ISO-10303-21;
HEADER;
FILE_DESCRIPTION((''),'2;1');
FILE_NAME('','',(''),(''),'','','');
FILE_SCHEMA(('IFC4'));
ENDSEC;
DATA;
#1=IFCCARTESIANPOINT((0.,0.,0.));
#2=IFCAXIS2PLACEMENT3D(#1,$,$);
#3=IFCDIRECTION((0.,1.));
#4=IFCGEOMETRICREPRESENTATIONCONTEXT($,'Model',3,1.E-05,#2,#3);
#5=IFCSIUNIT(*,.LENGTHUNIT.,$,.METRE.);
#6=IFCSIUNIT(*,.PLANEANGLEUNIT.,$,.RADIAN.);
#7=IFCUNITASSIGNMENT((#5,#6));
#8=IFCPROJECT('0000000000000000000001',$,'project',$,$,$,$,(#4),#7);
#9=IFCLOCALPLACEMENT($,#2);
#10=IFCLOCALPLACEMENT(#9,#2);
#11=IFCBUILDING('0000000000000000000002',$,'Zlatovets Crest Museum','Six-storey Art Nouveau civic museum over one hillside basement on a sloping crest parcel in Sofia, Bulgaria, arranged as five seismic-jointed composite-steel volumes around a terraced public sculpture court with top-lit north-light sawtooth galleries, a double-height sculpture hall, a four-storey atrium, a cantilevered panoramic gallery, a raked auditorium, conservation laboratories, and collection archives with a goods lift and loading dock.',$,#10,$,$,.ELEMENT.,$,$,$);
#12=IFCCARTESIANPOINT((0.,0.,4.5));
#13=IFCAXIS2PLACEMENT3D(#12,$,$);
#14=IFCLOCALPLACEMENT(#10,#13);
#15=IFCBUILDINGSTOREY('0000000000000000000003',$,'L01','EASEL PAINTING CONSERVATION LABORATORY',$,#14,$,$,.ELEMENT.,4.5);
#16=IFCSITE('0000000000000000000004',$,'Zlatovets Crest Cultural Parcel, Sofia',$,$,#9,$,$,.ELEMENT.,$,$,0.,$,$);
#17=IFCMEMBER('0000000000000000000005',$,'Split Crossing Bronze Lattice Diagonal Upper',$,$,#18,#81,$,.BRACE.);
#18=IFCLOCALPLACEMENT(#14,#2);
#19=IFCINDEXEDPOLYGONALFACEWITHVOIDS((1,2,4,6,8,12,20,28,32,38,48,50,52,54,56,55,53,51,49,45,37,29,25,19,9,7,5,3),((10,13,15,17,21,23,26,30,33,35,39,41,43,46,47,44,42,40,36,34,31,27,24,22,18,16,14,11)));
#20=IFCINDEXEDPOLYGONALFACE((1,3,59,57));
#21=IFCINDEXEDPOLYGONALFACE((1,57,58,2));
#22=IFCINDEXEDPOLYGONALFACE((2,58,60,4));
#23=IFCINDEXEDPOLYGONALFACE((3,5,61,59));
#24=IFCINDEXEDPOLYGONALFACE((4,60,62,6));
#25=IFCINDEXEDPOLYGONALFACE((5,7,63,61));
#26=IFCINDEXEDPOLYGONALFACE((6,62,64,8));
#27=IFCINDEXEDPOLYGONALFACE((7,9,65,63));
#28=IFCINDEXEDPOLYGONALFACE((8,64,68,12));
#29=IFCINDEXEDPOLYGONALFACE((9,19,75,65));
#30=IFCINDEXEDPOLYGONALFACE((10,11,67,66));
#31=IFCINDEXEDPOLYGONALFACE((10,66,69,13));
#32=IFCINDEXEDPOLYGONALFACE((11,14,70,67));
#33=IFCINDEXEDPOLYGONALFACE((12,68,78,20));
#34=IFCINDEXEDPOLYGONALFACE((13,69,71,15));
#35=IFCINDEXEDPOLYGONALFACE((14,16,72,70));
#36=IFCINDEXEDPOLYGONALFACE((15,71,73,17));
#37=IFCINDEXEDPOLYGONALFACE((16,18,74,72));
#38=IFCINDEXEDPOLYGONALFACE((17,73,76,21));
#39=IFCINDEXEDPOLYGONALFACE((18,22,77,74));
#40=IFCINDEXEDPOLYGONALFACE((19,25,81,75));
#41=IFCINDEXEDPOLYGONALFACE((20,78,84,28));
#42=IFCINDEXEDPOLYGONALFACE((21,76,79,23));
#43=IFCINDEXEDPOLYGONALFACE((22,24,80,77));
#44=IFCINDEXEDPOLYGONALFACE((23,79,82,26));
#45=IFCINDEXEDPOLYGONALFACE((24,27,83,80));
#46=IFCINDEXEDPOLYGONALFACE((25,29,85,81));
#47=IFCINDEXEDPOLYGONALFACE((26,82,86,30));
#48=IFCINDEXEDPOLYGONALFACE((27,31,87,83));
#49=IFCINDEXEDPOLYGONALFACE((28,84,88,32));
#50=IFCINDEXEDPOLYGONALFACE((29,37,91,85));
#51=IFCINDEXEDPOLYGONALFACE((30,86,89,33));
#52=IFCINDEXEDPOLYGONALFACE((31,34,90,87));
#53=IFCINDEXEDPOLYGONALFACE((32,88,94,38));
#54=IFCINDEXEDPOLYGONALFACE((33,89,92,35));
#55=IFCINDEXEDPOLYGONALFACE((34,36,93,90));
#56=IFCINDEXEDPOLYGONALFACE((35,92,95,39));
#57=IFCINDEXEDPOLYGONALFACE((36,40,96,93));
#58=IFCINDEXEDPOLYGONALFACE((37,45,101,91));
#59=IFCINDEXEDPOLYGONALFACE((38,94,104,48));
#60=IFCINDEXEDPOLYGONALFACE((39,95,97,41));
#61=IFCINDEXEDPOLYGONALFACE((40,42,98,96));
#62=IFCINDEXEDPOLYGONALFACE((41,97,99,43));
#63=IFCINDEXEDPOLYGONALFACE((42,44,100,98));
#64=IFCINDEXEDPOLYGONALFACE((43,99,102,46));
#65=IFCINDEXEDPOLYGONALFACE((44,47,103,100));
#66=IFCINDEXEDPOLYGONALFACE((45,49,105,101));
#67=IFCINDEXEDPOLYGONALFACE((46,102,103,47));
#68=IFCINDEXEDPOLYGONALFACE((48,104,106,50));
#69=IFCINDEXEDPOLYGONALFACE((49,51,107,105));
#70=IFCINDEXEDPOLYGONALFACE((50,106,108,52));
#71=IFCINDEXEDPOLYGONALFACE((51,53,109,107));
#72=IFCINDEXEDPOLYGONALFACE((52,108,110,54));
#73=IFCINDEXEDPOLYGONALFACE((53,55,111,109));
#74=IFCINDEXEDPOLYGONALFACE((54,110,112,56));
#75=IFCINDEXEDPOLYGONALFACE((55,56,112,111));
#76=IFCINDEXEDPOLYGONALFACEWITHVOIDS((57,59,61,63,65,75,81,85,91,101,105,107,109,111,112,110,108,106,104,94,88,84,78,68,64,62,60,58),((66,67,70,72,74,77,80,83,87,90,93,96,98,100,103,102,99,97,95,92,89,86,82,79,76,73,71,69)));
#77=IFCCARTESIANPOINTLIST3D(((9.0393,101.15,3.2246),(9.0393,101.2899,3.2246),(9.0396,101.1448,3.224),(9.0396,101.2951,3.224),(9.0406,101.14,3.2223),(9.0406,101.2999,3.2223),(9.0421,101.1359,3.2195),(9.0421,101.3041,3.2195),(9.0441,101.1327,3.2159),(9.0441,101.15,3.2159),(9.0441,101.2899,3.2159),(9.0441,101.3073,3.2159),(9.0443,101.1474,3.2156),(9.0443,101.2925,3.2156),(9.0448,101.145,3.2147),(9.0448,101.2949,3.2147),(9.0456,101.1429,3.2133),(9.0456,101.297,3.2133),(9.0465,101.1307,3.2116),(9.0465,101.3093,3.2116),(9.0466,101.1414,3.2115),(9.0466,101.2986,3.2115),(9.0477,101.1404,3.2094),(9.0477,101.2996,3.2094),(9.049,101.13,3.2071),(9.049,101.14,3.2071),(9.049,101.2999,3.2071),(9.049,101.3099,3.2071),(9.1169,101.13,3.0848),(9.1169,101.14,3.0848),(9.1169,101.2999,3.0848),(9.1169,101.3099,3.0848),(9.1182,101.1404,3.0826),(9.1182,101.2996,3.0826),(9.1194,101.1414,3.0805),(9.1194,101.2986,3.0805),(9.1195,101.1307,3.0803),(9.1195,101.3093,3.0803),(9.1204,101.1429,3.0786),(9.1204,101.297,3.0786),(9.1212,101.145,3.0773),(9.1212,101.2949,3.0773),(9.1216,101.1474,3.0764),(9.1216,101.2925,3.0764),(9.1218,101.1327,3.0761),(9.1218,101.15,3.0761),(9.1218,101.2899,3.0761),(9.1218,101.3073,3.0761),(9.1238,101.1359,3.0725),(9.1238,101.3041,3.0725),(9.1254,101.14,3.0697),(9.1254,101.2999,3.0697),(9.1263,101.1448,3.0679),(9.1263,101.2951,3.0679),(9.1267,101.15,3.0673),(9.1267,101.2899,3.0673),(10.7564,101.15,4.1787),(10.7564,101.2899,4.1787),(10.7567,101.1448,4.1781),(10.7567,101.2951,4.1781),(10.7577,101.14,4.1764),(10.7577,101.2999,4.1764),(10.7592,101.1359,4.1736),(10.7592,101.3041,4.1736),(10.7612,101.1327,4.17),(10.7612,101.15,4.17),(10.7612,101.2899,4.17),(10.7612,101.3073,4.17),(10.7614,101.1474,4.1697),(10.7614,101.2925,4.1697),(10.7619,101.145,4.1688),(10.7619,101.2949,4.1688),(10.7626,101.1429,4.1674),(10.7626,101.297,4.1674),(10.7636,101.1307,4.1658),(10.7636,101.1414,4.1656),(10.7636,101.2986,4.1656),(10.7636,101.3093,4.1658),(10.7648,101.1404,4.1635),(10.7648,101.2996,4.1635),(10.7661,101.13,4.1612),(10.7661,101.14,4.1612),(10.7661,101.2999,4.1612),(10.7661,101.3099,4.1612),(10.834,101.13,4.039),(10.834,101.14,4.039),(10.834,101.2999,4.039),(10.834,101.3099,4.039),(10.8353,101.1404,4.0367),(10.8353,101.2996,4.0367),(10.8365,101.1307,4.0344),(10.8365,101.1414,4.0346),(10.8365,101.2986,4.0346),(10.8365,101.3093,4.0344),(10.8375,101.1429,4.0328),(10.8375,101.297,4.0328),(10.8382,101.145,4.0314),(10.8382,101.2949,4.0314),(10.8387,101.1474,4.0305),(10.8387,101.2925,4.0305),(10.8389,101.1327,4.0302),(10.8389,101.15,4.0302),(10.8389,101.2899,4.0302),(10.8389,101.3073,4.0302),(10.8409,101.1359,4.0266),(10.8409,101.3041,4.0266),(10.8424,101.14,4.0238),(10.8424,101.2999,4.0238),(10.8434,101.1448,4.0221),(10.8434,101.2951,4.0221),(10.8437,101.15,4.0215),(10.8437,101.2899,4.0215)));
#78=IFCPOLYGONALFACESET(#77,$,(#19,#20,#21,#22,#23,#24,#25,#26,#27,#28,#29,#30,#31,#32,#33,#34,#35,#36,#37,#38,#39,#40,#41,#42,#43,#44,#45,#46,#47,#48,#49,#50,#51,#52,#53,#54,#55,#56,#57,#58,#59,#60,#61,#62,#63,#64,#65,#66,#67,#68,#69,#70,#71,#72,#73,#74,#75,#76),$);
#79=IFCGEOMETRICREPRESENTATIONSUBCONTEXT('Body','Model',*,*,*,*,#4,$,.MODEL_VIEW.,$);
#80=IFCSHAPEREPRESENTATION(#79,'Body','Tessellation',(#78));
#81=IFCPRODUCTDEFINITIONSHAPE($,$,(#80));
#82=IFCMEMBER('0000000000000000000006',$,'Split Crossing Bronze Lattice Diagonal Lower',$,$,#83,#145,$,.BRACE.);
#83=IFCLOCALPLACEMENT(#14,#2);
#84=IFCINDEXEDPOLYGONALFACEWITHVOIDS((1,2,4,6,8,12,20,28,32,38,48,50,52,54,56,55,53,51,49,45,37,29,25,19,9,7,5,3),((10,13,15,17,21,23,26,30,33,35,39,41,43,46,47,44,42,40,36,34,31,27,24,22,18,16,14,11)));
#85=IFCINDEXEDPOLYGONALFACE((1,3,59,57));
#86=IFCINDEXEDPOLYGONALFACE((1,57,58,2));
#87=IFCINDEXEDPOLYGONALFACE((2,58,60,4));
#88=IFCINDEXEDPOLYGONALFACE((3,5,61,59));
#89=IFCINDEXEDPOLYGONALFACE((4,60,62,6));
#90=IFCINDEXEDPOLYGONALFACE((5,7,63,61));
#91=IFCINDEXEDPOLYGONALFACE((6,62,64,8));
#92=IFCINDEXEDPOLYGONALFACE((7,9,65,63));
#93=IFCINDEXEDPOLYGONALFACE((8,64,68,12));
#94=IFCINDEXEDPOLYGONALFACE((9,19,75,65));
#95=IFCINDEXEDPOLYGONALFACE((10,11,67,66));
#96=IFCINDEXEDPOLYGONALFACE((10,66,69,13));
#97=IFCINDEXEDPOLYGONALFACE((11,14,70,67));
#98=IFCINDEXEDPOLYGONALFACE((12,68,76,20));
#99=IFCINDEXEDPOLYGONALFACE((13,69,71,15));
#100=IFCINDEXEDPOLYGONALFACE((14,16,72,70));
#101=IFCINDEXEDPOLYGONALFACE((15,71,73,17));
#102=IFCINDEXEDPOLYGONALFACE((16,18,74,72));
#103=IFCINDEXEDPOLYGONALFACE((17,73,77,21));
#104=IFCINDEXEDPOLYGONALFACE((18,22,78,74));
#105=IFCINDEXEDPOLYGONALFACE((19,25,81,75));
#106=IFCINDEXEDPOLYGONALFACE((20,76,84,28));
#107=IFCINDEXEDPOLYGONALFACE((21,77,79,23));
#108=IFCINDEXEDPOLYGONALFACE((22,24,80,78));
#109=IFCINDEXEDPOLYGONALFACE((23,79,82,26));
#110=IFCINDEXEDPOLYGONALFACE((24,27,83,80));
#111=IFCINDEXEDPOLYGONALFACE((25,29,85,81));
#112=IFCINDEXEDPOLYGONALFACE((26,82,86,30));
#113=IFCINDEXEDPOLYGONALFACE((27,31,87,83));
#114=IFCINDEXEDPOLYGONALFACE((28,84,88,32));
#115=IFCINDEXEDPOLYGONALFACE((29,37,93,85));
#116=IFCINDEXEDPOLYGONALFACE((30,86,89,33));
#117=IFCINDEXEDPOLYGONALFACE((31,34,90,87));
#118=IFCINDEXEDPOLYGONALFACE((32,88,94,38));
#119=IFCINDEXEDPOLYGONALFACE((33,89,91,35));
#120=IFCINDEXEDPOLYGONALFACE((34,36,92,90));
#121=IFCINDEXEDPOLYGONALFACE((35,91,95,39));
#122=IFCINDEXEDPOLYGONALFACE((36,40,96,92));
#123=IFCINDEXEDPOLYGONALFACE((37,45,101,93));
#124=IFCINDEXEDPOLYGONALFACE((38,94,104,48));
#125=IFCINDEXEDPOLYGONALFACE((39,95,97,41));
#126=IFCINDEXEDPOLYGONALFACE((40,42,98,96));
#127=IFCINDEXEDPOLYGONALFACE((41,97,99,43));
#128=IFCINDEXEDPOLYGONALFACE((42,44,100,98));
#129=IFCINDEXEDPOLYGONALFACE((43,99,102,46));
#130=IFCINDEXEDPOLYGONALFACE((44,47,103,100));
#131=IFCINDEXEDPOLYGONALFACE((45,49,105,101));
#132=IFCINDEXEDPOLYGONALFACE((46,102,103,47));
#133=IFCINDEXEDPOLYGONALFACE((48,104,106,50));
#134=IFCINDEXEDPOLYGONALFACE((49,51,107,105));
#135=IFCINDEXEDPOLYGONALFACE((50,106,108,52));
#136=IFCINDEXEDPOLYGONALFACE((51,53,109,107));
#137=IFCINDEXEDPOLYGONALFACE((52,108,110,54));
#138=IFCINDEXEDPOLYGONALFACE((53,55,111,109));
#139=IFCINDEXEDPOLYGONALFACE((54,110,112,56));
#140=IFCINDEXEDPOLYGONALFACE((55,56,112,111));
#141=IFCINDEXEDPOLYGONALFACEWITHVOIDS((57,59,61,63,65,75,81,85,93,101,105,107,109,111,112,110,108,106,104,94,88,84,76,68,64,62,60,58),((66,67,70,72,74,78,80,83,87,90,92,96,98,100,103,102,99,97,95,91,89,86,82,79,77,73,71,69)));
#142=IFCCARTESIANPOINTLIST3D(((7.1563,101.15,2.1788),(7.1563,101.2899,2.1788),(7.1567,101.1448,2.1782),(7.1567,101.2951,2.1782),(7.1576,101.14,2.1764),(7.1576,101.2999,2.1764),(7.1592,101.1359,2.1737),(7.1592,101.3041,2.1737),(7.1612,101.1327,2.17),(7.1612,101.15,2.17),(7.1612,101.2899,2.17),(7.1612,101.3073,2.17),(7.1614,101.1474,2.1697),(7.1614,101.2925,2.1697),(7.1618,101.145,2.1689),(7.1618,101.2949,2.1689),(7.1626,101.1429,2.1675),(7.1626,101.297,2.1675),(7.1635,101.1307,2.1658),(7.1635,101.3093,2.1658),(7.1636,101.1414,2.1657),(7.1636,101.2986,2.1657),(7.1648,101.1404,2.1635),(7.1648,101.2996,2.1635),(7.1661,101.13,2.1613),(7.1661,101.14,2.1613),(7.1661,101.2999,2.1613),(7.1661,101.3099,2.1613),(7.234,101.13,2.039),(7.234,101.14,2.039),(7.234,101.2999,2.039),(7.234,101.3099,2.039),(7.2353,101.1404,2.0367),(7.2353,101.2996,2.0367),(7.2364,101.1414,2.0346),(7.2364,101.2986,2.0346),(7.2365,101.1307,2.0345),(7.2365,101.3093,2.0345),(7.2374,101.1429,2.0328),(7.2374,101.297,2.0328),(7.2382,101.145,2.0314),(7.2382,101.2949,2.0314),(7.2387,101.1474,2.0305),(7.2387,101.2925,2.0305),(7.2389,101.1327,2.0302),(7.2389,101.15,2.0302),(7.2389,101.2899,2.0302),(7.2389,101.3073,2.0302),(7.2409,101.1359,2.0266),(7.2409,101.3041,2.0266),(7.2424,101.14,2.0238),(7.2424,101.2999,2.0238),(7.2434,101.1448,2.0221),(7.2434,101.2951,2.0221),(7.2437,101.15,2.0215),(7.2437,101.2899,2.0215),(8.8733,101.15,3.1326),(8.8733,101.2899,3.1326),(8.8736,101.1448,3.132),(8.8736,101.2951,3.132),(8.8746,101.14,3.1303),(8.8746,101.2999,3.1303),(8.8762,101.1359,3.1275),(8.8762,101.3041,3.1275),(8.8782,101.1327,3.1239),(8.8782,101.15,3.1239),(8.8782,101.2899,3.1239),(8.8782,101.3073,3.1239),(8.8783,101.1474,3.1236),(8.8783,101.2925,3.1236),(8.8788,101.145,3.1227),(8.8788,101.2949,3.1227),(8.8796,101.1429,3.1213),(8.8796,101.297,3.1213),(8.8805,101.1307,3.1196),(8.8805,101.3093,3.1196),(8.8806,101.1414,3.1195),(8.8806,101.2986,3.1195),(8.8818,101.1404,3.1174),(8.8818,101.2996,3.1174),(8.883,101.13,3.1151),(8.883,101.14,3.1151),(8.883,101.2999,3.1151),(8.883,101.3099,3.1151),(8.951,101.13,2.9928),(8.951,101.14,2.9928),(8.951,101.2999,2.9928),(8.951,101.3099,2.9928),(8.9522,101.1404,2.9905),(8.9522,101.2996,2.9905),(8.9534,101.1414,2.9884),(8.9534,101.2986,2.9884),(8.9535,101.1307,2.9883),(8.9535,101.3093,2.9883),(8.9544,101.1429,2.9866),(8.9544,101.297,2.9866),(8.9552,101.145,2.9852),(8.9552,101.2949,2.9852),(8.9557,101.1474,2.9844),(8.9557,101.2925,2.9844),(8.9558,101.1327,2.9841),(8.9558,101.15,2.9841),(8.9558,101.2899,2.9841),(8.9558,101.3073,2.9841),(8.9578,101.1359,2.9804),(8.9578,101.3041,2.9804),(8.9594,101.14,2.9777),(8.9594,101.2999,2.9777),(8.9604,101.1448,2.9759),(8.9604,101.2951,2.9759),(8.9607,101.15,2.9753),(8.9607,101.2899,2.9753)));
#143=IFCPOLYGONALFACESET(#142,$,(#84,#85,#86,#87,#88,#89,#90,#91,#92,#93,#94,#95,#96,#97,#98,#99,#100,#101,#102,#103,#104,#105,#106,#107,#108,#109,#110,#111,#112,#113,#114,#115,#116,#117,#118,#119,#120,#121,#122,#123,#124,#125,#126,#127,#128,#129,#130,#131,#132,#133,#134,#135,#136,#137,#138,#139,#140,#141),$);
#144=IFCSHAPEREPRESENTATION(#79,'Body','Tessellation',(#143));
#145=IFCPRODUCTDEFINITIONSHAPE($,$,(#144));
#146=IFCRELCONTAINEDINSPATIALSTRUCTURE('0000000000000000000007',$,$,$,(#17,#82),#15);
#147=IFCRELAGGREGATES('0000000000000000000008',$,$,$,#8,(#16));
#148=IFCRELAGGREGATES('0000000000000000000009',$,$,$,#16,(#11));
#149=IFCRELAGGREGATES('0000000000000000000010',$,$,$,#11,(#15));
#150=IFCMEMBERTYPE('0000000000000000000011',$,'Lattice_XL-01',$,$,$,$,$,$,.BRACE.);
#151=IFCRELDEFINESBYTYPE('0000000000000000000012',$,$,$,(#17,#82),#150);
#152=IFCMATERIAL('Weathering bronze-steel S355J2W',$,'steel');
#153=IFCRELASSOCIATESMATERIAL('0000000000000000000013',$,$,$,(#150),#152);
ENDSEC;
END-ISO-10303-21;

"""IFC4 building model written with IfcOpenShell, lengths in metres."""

from ifc_helpers import new_model, si_unit, direction, frame, origin, origin_2d, place, context, subcontext, project, spatial, hollow_rectangle, extrude, material, material_profile, profile_set, type_object, element, save


model = new_model("IFC4")

# Units and contexts
model_context = context("Model", 3, precision=1e-05, world=origin(), true_north=direction((0.0, 1.0)))
body_context = subcontext(model_context, "Body", "Model", "MODEL_VIEW")
ifc_project = project(units=[si_unit("LENGTHUNIT", "METRE"), si_unit("PLANEANGLEUNIT", "RADIAN")], contexts=[model_context])

# Site, building, storey
site_placement = place(None, origin())
site = spatial("IfcSite", under=ifc_project, at=site_placement, Name="Zlatovets Crest Cultural Parcel, Sofia", CompositionType="ELEMENT", RefElevation=0.0)
building_placement = place(site_placement, origin())
building = spatial("IfcBuilding", under=site, at=building_placement, Name="Zlatovets Crest Museum", Description="Six-storey Art Nouveau civic museum over one hillside basement on a sloping crest parcel in Sofia, Bulgaria, arranged as five seismic-jointed composite-steel volumes around a terraced public sculpture court with top-lit north-light sawtooth galleries, a double-height sculpture hall, a four-storey atrium, a cantilevered panoramic gallery, a raked auditorium, conservation laboratories, and collection archives with a goods lift and loading dock.", CompositionType="ELEMENT")
storey_placement = place(building_placement, frame((0.0, 0.0, 4.5)))
storey = spatial("IfcBuildingStorey", under=building, at=storey_placement, Name="L01", Description="EASEL PAINTING CONSERVATION LABORATORY", CompositionType="ELEMENT", Elevation=4.5)

# Members
ifc_material_1 = material(Name="Weathering bronze-steel S355J2W", Category="steel")
ifc_material_profile_1 = material_profile(ifc_material_1, hollow_rectangle(XDim=0.1799, YDim=0.1799, WallThickness=0.01, InnerFilletRadius=0.01, OuterFilletRadius=0.02, at=origin_2d()), Name="SHS 180x180x10.0")
ifc_profile_set_1 = profile_set([ifc_material_profile_1], Name="Weathering bronze-steel S355J2W")
member_type_1 = type_object("IfcMemberType", Name="Lattice_XL-01", PredefinedType="BRACE", material=ifc_profile_set_1)
member_1_placement = place(storey_placement, frame((10.8, 101.22, 4.1001), z_axis=(-0.874116, 0.0, -0.485717), x_axis=(0.0, -1.0, 0.0)))
element("IfcMember", 1, at=member_1_placement, inside=storey, type_object=member_type_1, Name="Split Crossing Bronze Lattice Diagonal Upper", PredefinedType="BRACE", context=body_context, shape_type="SweptSolid", body=[
    extrude(hollow_rectangle(XDim=0.1799, YDim=0.1799, WallThickness=0.01, InnerFilletRadius=0.01, OuterFilletRadius=0.02, at=origin_2d()), origin(), (0.0, 0.0, 1.0), 1.9644),
])
member_2_placement = place(storey_placement, frame((8.917, 101.22, 3.054), z_axis=(-0.874169, 0.0, -0.485622), x_axis=(0.0, -1.0, 0.0)))
element("IfcMember", 2, at=member_2_placement, inside=storey, type_object=member_type_1, Name="Split Crossing Bronze Lattice Diagonal Lower", PredefinedType="BRACE", context=body_context, shape_type="SweptSolid", body=[
    extrude(hollow_rectangle(XDim=0.1799, YDim=0.1799, WallThickness=0.01, InnerFilletRadius=0.01, OuterFilletRadius=0.02, at=origin_2d()), origin(), (0.0, 0.0, 1.0), 1.9641),
])

save(model, "model.ifc")
